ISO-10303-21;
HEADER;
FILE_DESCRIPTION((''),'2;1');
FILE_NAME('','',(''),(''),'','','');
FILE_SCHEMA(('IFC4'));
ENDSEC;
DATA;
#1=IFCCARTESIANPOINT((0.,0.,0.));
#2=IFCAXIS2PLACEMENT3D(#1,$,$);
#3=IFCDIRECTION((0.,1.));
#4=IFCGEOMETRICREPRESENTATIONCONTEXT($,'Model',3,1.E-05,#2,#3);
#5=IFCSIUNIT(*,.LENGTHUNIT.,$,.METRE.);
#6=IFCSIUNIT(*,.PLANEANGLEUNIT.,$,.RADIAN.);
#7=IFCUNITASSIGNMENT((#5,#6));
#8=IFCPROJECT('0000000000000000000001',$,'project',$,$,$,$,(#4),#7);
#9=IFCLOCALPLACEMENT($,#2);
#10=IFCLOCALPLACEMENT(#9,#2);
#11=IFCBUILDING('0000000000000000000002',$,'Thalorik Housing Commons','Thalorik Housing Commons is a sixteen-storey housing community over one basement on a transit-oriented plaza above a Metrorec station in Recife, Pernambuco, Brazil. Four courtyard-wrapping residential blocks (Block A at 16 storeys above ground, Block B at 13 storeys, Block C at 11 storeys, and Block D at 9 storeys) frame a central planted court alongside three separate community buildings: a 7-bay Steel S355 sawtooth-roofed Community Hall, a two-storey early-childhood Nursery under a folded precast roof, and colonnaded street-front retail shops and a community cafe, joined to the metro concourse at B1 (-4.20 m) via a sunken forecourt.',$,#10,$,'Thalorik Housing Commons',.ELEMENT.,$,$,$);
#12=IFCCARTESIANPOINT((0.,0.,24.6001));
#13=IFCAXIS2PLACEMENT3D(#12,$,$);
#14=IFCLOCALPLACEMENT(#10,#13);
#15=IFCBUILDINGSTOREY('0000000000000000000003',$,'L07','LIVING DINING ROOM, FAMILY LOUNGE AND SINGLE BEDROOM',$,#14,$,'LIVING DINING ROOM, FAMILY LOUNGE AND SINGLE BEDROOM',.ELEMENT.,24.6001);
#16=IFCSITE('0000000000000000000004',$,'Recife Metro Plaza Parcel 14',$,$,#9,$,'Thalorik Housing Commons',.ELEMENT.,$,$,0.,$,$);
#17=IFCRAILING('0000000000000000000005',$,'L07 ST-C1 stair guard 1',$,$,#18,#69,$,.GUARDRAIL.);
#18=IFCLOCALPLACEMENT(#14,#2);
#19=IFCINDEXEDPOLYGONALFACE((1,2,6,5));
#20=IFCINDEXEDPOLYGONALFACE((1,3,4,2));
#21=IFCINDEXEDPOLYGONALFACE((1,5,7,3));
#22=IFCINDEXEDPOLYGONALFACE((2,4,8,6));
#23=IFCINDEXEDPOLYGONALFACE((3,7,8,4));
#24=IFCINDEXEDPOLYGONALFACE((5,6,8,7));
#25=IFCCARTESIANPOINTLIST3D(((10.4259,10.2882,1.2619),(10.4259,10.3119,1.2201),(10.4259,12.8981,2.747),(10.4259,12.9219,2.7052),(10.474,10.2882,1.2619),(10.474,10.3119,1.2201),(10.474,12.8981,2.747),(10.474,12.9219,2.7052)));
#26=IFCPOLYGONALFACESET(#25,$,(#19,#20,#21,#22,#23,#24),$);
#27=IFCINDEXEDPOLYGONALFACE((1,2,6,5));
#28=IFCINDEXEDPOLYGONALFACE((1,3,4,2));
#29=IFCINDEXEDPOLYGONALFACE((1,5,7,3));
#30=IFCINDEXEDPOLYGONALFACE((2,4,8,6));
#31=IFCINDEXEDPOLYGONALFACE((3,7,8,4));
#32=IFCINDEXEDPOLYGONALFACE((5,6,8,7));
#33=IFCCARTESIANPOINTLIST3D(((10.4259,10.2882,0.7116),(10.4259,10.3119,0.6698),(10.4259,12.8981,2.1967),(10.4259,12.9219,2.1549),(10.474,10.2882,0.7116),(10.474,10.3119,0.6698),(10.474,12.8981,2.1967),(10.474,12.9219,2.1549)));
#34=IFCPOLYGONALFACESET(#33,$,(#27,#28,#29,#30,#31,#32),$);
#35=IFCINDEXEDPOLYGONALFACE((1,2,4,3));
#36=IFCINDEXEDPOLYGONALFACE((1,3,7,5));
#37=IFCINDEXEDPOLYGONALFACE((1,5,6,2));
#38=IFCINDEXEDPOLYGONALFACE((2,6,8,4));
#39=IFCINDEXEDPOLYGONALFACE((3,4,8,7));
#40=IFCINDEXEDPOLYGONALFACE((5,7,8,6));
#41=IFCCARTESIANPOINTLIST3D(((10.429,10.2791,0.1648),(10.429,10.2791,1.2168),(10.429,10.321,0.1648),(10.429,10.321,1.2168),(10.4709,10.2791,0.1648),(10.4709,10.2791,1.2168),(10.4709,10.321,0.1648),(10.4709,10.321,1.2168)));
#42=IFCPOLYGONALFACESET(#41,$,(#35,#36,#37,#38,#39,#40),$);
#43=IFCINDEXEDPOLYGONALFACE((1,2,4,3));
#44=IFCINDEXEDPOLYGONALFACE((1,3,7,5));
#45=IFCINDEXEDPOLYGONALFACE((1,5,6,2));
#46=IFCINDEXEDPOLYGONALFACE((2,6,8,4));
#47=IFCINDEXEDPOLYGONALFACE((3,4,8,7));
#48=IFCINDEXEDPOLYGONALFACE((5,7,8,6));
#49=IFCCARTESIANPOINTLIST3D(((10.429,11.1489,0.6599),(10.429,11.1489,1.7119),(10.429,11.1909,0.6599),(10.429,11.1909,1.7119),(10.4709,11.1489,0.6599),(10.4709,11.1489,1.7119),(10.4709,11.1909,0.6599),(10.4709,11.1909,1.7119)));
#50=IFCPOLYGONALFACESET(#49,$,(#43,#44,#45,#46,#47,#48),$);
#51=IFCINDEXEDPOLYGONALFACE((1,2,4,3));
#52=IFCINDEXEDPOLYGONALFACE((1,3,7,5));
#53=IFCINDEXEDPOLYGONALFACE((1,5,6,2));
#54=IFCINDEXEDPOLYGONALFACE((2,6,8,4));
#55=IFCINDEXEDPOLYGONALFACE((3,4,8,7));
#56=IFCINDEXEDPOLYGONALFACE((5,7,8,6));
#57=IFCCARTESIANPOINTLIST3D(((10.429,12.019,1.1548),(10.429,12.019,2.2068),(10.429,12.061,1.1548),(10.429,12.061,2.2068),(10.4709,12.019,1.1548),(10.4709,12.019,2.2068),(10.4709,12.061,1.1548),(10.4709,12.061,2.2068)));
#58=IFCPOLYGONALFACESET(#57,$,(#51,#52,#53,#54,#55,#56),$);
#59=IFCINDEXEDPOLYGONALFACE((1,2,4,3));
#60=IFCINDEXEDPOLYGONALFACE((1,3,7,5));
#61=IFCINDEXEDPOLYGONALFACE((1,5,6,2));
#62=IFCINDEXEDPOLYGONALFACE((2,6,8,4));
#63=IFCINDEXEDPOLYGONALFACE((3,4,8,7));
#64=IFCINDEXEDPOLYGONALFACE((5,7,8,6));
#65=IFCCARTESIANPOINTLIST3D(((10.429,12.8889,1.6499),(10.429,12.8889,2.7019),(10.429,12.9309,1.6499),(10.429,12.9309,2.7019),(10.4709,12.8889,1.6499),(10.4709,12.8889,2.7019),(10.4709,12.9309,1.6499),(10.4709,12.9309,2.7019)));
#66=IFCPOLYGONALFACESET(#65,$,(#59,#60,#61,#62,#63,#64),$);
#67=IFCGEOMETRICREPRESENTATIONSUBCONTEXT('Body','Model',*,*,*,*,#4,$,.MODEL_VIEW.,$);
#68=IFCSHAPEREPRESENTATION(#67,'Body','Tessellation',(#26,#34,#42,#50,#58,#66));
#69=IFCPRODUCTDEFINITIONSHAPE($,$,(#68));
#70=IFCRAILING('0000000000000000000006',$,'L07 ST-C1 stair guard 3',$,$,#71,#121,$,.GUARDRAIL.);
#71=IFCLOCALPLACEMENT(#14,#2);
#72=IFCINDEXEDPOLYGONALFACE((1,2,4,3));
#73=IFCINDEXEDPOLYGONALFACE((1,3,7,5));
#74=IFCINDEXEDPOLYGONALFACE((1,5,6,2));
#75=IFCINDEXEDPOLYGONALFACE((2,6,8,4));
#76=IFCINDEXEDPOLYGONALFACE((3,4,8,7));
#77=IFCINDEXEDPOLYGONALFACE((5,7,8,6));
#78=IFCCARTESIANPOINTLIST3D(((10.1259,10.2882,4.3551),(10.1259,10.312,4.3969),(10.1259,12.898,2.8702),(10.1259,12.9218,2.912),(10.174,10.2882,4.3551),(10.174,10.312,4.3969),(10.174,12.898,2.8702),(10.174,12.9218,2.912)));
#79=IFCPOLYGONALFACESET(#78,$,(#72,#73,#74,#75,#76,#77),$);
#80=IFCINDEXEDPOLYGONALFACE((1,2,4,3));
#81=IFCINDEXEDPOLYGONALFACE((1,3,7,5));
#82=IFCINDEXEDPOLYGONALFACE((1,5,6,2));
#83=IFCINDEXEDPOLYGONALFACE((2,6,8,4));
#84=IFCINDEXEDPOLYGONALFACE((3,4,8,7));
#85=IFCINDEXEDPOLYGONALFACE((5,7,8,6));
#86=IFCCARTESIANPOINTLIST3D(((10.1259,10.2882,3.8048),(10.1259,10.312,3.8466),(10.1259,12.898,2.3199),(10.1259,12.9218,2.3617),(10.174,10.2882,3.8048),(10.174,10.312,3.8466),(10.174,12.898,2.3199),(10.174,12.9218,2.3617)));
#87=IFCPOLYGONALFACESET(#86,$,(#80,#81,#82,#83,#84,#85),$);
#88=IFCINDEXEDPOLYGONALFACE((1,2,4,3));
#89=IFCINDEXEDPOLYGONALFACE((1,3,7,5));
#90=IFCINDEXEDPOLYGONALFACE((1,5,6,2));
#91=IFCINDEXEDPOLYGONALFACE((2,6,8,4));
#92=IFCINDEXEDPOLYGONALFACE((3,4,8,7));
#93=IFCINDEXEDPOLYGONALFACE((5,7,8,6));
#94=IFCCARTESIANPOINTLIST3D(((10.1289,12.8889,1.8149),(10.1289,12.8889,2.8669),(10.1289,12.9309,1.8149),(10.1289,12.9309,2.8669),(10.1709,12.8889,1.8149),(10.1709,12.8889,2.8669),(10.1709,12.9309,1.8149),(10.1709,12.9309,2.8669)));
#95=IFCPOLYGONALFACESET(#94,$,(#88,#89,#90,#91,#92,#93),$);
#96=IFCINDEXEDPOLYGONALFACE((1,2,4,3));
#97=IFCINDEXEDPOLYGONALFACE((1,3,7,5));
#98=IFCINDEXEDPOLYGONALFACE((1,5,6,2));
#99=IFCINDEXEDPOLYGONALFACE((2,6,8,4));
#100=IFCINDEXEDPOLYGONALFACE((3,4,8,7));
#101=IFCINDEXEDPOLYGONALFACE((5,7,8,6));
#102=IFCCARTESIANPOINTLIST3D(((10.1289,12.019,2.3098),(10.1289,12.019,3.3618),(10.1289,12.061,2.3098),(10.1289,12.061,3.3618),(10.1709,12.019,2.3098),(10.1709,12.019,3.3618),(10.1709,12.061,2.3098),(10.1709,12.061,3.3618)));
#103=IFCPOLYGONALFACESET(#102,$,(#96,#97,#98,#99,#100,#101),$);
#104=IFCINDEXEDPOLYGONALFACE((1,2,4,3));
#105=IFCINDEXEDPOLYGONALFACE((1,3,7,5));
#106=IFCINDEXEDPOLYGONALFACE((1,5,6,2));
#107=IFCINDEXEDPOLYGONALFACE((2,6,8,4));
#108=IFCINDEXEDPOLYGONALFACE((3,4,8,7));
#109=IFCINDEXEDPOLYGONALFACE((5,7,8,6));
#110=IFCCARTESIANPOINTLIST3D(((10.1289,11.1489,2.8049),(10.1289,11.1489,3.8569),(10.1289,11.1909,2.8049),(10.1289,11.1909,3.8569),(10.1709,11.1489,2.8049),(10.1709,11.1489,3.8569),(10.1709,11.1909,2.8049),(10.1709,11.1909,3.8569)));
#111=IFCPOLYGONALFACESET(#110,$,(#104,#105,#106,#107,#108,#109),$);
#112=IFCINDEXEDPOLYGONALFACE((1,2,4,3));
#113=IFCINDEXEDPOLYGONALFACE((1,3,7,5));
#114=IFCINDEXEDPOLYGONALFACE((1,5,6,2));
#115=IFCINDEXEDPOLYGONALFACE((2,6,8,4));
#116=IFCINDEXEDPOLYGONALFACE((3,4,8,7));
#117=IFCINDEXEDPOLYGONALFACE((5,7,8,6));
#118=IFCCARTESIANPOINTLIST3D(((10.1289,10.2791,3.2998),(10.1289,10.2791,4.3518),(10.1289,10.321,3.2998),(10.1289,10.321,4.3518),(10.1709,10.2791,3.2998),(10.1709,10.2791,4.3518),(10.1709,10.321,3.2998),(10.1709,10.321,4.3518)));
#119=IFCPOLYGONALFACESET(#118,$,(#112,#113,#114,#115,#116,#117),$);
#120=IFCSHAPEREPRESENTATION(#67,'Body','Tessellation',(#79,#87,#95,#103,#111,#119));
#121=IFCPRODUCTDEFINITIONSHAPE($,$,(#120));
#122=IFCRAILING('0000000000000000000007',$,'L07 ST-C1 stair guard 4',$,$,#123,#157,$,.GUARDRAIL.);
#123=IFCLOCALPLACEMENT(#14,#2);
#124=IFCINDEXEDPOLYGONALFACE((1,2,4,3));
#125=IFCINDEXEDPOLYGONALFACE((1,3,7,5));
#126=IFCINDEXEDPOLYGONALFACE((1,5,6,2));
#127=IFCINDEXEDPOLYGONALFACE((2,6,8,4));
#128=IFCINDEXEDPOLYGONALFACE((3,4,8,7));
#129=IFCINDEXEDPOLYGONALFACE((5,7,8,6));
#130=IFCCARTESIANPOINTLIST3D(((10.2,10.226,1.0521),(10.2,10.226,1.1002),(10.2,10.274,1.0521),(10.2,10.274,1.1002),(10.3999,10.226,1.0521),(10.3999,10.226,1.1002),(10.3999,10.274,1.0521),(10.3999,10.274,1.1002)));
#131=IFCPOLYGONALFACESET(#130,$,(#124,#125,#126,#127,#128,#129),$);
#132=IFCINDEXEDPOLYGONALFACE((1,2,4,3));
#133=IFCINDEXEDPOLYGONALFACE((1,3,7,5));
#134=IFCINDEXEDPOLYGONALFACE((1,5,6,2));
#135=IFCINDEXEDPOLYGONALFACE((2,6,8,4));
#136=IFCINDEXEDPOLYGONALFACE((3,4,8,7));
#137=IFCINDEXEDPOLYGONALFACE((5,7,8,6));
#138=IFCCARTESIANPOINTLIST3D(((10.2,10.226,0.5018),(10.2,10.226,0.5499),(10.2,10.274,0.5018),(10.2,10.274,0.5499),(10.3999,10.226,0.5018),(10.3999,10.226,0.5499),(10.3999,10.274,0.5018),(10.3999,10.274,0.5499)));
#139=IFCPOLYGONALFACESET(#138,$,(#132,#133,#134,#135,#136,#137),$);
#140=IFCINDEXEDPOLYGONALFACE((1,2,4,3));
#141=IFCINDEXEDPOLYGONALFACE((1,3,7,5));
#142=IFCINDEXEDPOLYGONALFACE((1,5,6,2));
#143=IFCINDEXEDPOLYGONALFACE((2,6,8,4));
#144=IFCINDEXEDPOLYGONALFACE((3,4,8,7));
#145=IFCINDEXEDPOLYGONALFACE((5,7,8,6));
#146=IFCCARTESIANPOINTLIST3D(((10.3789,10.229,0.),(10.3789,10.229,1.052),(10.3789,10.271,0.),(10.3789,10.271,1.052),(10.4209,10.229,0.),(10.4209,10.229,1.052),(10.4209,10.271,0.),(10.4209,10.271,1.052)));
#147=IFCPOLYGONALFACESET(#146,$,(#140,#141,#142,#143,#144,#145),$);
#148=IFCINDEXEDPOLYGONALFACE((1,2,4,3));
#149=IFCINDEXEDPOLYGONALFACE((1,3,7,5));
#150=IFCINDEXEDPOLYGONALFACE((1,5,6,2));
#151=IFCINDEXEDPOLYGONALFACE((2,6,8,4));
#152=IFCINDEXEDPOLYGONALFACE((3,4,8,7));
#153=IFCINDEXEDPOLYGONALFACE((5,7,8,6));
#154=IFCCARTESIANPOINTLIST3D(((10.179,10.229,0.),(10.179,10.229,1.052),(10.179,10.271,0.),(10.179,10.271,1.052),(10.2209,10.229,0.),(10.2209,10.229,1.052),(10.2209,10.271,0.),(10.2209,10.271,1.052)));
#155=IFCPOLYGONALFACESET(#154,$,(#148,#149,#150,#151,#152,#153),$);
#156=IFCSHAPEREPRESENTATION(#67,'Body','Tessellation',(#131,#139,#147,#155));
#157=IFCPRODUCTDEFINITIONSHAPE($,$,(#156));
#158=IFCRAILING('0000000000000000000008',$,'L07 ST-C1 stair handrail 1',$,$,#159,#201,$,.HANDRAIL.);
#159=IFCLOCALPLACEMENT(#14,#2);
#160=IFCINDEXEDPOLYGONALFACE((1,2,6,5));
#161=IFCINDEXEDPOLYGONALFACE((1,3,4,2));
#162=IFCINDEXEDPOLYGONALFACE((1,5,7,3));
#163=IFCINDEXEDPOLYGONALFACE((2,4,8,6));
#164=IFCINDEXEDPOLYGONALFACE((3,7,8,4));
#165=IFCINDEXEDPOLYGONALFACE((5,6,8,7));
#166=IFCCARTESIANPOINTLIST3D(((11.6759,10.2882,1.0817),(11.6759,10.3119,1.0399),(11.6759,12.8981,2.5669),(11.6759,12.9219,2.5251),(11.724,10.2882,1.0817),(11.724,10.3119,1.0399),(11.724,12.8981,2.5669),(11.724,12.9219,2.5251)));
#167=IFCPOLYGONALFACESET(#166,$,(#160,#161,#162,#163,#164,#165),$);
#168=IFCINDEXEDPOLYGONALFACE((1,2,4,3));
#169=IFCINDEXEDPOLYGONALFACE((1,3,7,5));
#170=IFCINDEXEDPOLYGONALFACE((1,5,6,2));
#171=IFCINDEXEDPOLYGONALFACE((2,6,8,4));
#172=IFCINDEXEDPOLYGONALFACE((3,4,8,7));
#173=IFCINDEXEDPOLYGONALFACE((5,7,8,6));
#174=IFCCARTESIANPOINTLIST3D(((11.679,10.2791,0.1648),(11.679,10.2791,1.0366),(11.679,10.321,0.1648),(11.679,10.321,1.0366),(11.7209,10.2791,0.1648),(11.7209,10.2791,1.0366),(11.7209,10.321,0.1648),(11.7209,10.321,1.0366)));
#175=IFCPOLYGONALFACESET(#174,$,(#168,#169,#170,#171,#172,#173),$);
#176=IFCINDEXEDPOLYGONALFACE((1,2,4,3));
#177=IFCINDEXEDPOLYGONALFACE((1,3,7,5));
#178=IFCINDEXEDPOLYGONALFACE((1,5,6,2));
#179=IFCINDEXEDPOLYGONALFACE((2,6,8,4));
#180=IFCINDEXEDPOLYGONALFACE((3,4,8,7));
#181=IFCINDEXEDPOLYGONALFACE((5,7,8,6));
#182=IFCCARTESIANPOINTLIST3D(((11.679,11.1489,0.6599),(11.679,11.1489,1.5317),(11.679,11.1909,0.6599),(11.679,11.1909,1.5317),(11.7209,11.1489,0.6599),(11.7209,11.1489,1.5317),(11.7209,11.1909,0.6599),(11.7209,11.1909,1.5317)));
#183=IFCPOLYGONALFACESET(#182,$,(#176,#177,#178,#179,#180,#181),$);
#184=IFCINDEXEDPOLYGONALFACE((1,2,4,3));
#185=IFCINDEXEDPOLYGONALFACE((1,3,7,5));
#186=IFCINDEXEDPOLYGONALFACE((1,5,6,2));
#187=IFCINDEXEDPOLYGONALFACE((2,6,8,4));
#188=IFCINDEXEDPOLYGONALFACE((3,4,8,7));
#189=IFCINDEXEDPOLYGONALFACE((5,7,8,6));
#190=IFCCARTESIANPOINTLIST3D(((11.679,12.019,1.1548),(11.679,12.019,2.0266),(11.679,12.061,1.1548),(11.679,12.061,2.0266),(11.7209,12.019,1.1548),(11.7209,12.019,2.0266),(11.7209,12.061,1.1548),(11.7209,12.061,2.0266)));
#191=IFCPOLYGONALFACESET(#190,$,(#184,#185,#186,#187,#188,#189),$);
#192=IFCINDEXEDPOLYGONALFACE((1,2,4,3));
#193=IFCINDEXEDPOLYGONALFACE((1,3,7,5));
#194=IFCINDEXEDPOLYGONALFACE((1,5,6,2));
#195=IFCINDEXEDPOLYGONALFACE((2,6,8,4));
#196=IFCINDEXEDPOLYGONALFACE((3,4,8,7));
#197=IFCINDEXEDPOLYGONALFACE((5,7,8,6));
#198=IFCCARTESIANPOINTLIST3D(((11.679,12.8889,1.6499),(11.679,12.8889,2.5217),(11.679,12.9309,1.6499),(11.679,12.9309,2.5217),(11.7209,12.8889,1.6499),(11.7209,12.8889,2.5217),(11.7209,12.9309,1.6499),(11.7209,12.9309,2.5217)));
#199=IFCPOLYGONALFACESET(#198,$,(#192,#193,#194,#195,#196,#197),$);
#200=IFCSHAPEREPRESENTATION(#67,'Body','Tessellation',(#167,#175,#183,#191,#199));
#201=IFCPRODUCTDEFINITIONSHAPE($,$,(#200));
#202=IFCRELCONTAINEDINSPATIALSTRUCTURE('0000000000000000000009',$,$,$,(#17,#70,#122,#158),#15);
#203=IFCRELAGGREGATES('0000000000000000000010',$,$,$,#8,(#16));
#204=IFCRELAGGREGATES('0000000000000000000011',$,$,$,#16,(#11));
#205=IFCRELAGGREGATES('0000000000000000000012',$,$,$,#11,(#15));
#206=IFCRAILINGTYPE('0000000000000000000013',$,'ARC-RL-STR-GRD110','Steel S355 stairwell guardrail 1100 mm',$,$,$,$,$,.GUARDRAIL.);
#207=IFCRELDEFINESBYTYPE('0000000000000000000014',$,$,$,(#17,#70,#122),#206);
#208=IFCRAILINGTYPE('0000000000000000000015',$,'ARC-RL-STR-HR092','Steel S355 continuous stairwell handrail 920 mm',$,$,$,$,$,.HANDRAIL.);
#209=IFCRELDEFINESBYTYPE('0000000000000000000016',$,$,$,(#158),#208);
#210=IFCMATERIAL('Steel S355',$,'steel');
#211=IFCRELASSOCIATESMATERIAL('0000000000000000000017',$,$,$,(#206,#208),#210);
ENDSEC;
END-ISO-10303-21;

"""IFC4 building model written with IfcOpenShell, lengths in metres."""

from ifc_helpers import new_model, si_unit, direction, frame, origin, origin_2d, place, context, subcontext, project, spatial, rectangle, extrude, material, type_object, element, save


model = new_model("IFC4")

# Units and contexts
model_context = context("Model", 3, precision=1e-05, world=origin(), true_north=direction((0.0, 1.0)))
body_context = subcontext(model_context, "Body", "Model", "MODEL_VIEW")
ifc_project = project(units=[si_unit("LENGTHUNIT", "METRE"), si_unit("PLANEANGLEUNIT", "RADIAN")], contexts=[model_context])

# Site, building, storey
site_placement = place(None, origin())
site = spatial("IfcSite", under=ifc_project, at=site_placement, Name="Recife Metro Plaza Parcel 14", LongName="Thalorik Housing Commons", CompositionType="ELEMENT", RefElevation=0.0)
building_placement = place(site_placement, origin())
building = spatial("IfcBuilding", under=site, at=building_placement, Name="Thalorik Housing Commons", Description="Thalorik Housing Commons is a sixteen-storey housing community over one basement on a transit-oriented plaza above a Metrorec station in Recife, Pernambuco, Brazil. Four courtyard-wrapping residential blocks (Block A at 16 storeys above ground, Block B at 13 storeys, Block C at 11 storeys, and Block D at 9 storeys) frame a central planted court alongside three separate community buildings: a 7-bay Steel S355 sawtooth-roofed Community Hall, a two-storey early-childhood Nursery under a folded precast roof, and colonnaded street-front retail shops and a community cafe, joined to the metro concourse at B1 (-4.20 m) via a sunken forecourt.", LongName="Thalorik Housing Commons", CompositionType="ELEMENT")
storey_placement = place(building_placement, frame((0.0, 0.0, 24.6001)))
storey = spatial("IfcBuildingStorey", under=building, at=storey_placement, Name="L07", Description="LIVING DINING ROOM, FAMILY LOUNGE AND SINGLE BEDROOM", LongName="LIVING DINING ROOM, FAMILY LOUNGE AND SINGLE BEDROOM", CompositionType="ELEMENT", Elevation=24.6001)

# Shared definitions
ifc_material_1 = material(Name="Steel S355", Category="steel")

# Railings
railing_type_1 = type_object("IfcRailingType", Name="ARC-RL-STR-GRD110", Description="Steel S355 stairwell guardrail 1100 mm", PredefinedType="GUARDRAIL", material=ifc_material_1)
railing_1_placement = place(storey_placement, frame((10.45, 10.3, 0.1648)))
element("IfcRailing", 1, at=railing_1_placement, inside=storey, type_object=railing_type_1, Name="L07 ST-C1 stair guard 1", PredefinedType="GUARDRAIL", context=body_context, shape_type="SweptSolid", body=[
    extrude(rectangle(XDim=0.0481, YDim=0.0481, at=origin_2d()), frame((0.0, 0.0, 1.0762), z_axis=(0.0, 0.869137, 0.494571), x_axis=(-1.0, 0.0, 0.0)), (0.0, 0.0, 1.0), 3.0029),
    extrude(rectangle(XDim=0.0481, YDim=0.0481, at=origin_2d()), frame((0.0, 0.0, 0.5259), z_axis=(0.0, 0.869137, 0.494571), x_axis=(-1.0, 0.0, 0.0)), (0.0, 0.0, 1.0), 3.0029),
    extrude(rectangle(XDim=0.042, YDim=0.042, at=origin_2d()), origin(), (0.0, 0.0, 1.0), 1.052),
    extrude(rectangle(XDim=0.042, YDim=0.042, at=origin_2d()), frame((0.0, 0.8699, 0.4951)), (0.0, 0.0, 1.0), 1.052),
    extrude(rectangle(XDim=0.042, YDim=0.042, at=origin_2d()), frame((0.0, 1.74, 0.99)), (0.0, 0.0, 1.0), 1.052),
    extrude(rectangle(XDim=0.042, YDim=0.042, at=origin_2d()), frame((0.0, 2.6099, 1.4851)), (0.0, 0.0, 1.0), 1.052),
])
railing_2_placement = place(storey_placement, frame((10.1499, 12.9099, 1.8149)))
element("IfcRailing", 2, at=railing_2_placement, inside=storey, type_object=railing_type_1, Name="L07 ST-C1 stair guard 3", PredefinedType="GUARDRAIL", context=body_context, shape_type="SweptSolid", body=[
    extrude(rectangle(XDim=0.0481, YDim=0.0481, at=origin_2d()), frame((0.0, 0.0, 1.0762), z_axis=(0.0, -0.869172, 0.494509), x_axis=(1.0, 0.0, 0.0)), (0.0, 0.0, 1.0), 3.0027),
    extrude(rectangle(XDim=0.0481, YDim=0.0481, at=origin_2d()), frame((0.0, 0.0, 0.5259), z_axis=(0.0, -0.869172, 0.494509), x_axis=(1.0, 0.0, 0.0)), (0.0, 0.0, 1.0), 3.0027),
    extrude(rectangle(XDim=0.042, YDim=0.042, at=origin_2d()), origin(), (0.0, 0.0, 1.0), 1.052),
    extrude(rectangle(XDim=0.042, YDim=0.042, at=origin_2d()), frame((0.0, -0.8699, 0.4949)), (0.0, 0.0, 1.0), 1.052),
    extrude(rectangle(XDim=0.042, YDim=0.042, at=origin_2d()), frame((0.0, -1.74, 0.99)), (0.0, 0.0, 1.0), 1.052),
    extrude(rectangle(XDim=0.042, YDim=0.042, at=origin_2d()), frame((0.0, -2.6099, 1.4849)), (0.0, 0.0, 1.0), 1.052),
])
railing_3_placement = place(storey_placement, frame((10.3999, 10.25, 0.0)))
element("IfcRailing", 3, at=railing_3_placement, inside=storey, type_object=railing_type_1, Name="L07 ST-C1 stair guard 4", PredefinedType="GUARDRAIL", context=body_context, shape_type="SweptSolid", body=[
    extrude(rectangle(XDim=0.0481, YDim=0.0481, at=origin_2d()), frame((0.0, 0.0, 1.0762), z_axis=(-1.0, 0.0, 0.0), x_axis=(0.0, -1.0, 0.0)), (0.0, 0.0, 1.0), 0.2),
    extrude(rectangle(XDim=0.0481, YDim=0.0481, at=origin_2d()), frame((0.0, 0.0, 0.5259), z_axis=(-1.0, 0.0, 0.0), x_axis=(0.0, -1.0, 0.0)), (0.0, 0.0, 1.0), 0.2),
    extrude(rectangle(XDim=0.042, YDim=0.042, at=origin_2d()), origin(), (0.0, 0.0, 1.0), 1.052),
    extrude(rectangle(XDim=0.042, YDim=0.042, at=origin_2d()), frame((-0.2, 0.0, 0.0)), (0.0, 0.0, 1.0), 1.052),
])
railing_type_2 = type_object("IfcRailingType", Name="ARC-RL-STR-HR092", Description="Steel S355 continuous stairwell handrail 920 mm", PredefinedType="HANDRAIL", material=ifc_material_1)
railing_4_placement = place(storey_placement, frame((11.7, 10.3, 0.1648)))
element("IfcRailing", 4, at=railing_4_placement, inside=storey, type_object=railing_type_2, Name="L07 ST-C1 stair handrail 1", PredefinedType="HANDRAIL", context=body_context, shape_type="SweptSolid", body=[
    extrude(rectangle(XDim=0.0481, YDim=0.0481, at=origin_2d()), frame((0.0, 0.0, 0.896), z_axis=(0.0, 0.869137, 0.494571), x_axis=(-1.0, 0.0, 0.0)), (0.0, 0.0, 1.0), 3.0029),
    extrude(rectangle(XDim=0.042, YDim=0.042, at=origin_2d()), origin(), (0.0, 0.0, 1.0), 0.8718),
    extrude(rectangle(XDim=0.042, YDim=0.042, at=origin_2d()), frame((0.0, 0.8699, 0.4951)), (0.0, 0.0, 1.0), 0.8718),
    extrude(rectangle(XDim=0.042, YDim=0.042, at=origin_2d()), frame((0.0, 1.74, 0.99)), (0.0, 0.0, 1.0), 0.8718),
    extrude(rectangle(XDim=0.042, YDim=0.042, at=origin_2d()), frame((0.0, 2.6099, 1.4851)), (0.0, 0.0, 1.0), 0.8718),
])

save(model, "model.ifc")
